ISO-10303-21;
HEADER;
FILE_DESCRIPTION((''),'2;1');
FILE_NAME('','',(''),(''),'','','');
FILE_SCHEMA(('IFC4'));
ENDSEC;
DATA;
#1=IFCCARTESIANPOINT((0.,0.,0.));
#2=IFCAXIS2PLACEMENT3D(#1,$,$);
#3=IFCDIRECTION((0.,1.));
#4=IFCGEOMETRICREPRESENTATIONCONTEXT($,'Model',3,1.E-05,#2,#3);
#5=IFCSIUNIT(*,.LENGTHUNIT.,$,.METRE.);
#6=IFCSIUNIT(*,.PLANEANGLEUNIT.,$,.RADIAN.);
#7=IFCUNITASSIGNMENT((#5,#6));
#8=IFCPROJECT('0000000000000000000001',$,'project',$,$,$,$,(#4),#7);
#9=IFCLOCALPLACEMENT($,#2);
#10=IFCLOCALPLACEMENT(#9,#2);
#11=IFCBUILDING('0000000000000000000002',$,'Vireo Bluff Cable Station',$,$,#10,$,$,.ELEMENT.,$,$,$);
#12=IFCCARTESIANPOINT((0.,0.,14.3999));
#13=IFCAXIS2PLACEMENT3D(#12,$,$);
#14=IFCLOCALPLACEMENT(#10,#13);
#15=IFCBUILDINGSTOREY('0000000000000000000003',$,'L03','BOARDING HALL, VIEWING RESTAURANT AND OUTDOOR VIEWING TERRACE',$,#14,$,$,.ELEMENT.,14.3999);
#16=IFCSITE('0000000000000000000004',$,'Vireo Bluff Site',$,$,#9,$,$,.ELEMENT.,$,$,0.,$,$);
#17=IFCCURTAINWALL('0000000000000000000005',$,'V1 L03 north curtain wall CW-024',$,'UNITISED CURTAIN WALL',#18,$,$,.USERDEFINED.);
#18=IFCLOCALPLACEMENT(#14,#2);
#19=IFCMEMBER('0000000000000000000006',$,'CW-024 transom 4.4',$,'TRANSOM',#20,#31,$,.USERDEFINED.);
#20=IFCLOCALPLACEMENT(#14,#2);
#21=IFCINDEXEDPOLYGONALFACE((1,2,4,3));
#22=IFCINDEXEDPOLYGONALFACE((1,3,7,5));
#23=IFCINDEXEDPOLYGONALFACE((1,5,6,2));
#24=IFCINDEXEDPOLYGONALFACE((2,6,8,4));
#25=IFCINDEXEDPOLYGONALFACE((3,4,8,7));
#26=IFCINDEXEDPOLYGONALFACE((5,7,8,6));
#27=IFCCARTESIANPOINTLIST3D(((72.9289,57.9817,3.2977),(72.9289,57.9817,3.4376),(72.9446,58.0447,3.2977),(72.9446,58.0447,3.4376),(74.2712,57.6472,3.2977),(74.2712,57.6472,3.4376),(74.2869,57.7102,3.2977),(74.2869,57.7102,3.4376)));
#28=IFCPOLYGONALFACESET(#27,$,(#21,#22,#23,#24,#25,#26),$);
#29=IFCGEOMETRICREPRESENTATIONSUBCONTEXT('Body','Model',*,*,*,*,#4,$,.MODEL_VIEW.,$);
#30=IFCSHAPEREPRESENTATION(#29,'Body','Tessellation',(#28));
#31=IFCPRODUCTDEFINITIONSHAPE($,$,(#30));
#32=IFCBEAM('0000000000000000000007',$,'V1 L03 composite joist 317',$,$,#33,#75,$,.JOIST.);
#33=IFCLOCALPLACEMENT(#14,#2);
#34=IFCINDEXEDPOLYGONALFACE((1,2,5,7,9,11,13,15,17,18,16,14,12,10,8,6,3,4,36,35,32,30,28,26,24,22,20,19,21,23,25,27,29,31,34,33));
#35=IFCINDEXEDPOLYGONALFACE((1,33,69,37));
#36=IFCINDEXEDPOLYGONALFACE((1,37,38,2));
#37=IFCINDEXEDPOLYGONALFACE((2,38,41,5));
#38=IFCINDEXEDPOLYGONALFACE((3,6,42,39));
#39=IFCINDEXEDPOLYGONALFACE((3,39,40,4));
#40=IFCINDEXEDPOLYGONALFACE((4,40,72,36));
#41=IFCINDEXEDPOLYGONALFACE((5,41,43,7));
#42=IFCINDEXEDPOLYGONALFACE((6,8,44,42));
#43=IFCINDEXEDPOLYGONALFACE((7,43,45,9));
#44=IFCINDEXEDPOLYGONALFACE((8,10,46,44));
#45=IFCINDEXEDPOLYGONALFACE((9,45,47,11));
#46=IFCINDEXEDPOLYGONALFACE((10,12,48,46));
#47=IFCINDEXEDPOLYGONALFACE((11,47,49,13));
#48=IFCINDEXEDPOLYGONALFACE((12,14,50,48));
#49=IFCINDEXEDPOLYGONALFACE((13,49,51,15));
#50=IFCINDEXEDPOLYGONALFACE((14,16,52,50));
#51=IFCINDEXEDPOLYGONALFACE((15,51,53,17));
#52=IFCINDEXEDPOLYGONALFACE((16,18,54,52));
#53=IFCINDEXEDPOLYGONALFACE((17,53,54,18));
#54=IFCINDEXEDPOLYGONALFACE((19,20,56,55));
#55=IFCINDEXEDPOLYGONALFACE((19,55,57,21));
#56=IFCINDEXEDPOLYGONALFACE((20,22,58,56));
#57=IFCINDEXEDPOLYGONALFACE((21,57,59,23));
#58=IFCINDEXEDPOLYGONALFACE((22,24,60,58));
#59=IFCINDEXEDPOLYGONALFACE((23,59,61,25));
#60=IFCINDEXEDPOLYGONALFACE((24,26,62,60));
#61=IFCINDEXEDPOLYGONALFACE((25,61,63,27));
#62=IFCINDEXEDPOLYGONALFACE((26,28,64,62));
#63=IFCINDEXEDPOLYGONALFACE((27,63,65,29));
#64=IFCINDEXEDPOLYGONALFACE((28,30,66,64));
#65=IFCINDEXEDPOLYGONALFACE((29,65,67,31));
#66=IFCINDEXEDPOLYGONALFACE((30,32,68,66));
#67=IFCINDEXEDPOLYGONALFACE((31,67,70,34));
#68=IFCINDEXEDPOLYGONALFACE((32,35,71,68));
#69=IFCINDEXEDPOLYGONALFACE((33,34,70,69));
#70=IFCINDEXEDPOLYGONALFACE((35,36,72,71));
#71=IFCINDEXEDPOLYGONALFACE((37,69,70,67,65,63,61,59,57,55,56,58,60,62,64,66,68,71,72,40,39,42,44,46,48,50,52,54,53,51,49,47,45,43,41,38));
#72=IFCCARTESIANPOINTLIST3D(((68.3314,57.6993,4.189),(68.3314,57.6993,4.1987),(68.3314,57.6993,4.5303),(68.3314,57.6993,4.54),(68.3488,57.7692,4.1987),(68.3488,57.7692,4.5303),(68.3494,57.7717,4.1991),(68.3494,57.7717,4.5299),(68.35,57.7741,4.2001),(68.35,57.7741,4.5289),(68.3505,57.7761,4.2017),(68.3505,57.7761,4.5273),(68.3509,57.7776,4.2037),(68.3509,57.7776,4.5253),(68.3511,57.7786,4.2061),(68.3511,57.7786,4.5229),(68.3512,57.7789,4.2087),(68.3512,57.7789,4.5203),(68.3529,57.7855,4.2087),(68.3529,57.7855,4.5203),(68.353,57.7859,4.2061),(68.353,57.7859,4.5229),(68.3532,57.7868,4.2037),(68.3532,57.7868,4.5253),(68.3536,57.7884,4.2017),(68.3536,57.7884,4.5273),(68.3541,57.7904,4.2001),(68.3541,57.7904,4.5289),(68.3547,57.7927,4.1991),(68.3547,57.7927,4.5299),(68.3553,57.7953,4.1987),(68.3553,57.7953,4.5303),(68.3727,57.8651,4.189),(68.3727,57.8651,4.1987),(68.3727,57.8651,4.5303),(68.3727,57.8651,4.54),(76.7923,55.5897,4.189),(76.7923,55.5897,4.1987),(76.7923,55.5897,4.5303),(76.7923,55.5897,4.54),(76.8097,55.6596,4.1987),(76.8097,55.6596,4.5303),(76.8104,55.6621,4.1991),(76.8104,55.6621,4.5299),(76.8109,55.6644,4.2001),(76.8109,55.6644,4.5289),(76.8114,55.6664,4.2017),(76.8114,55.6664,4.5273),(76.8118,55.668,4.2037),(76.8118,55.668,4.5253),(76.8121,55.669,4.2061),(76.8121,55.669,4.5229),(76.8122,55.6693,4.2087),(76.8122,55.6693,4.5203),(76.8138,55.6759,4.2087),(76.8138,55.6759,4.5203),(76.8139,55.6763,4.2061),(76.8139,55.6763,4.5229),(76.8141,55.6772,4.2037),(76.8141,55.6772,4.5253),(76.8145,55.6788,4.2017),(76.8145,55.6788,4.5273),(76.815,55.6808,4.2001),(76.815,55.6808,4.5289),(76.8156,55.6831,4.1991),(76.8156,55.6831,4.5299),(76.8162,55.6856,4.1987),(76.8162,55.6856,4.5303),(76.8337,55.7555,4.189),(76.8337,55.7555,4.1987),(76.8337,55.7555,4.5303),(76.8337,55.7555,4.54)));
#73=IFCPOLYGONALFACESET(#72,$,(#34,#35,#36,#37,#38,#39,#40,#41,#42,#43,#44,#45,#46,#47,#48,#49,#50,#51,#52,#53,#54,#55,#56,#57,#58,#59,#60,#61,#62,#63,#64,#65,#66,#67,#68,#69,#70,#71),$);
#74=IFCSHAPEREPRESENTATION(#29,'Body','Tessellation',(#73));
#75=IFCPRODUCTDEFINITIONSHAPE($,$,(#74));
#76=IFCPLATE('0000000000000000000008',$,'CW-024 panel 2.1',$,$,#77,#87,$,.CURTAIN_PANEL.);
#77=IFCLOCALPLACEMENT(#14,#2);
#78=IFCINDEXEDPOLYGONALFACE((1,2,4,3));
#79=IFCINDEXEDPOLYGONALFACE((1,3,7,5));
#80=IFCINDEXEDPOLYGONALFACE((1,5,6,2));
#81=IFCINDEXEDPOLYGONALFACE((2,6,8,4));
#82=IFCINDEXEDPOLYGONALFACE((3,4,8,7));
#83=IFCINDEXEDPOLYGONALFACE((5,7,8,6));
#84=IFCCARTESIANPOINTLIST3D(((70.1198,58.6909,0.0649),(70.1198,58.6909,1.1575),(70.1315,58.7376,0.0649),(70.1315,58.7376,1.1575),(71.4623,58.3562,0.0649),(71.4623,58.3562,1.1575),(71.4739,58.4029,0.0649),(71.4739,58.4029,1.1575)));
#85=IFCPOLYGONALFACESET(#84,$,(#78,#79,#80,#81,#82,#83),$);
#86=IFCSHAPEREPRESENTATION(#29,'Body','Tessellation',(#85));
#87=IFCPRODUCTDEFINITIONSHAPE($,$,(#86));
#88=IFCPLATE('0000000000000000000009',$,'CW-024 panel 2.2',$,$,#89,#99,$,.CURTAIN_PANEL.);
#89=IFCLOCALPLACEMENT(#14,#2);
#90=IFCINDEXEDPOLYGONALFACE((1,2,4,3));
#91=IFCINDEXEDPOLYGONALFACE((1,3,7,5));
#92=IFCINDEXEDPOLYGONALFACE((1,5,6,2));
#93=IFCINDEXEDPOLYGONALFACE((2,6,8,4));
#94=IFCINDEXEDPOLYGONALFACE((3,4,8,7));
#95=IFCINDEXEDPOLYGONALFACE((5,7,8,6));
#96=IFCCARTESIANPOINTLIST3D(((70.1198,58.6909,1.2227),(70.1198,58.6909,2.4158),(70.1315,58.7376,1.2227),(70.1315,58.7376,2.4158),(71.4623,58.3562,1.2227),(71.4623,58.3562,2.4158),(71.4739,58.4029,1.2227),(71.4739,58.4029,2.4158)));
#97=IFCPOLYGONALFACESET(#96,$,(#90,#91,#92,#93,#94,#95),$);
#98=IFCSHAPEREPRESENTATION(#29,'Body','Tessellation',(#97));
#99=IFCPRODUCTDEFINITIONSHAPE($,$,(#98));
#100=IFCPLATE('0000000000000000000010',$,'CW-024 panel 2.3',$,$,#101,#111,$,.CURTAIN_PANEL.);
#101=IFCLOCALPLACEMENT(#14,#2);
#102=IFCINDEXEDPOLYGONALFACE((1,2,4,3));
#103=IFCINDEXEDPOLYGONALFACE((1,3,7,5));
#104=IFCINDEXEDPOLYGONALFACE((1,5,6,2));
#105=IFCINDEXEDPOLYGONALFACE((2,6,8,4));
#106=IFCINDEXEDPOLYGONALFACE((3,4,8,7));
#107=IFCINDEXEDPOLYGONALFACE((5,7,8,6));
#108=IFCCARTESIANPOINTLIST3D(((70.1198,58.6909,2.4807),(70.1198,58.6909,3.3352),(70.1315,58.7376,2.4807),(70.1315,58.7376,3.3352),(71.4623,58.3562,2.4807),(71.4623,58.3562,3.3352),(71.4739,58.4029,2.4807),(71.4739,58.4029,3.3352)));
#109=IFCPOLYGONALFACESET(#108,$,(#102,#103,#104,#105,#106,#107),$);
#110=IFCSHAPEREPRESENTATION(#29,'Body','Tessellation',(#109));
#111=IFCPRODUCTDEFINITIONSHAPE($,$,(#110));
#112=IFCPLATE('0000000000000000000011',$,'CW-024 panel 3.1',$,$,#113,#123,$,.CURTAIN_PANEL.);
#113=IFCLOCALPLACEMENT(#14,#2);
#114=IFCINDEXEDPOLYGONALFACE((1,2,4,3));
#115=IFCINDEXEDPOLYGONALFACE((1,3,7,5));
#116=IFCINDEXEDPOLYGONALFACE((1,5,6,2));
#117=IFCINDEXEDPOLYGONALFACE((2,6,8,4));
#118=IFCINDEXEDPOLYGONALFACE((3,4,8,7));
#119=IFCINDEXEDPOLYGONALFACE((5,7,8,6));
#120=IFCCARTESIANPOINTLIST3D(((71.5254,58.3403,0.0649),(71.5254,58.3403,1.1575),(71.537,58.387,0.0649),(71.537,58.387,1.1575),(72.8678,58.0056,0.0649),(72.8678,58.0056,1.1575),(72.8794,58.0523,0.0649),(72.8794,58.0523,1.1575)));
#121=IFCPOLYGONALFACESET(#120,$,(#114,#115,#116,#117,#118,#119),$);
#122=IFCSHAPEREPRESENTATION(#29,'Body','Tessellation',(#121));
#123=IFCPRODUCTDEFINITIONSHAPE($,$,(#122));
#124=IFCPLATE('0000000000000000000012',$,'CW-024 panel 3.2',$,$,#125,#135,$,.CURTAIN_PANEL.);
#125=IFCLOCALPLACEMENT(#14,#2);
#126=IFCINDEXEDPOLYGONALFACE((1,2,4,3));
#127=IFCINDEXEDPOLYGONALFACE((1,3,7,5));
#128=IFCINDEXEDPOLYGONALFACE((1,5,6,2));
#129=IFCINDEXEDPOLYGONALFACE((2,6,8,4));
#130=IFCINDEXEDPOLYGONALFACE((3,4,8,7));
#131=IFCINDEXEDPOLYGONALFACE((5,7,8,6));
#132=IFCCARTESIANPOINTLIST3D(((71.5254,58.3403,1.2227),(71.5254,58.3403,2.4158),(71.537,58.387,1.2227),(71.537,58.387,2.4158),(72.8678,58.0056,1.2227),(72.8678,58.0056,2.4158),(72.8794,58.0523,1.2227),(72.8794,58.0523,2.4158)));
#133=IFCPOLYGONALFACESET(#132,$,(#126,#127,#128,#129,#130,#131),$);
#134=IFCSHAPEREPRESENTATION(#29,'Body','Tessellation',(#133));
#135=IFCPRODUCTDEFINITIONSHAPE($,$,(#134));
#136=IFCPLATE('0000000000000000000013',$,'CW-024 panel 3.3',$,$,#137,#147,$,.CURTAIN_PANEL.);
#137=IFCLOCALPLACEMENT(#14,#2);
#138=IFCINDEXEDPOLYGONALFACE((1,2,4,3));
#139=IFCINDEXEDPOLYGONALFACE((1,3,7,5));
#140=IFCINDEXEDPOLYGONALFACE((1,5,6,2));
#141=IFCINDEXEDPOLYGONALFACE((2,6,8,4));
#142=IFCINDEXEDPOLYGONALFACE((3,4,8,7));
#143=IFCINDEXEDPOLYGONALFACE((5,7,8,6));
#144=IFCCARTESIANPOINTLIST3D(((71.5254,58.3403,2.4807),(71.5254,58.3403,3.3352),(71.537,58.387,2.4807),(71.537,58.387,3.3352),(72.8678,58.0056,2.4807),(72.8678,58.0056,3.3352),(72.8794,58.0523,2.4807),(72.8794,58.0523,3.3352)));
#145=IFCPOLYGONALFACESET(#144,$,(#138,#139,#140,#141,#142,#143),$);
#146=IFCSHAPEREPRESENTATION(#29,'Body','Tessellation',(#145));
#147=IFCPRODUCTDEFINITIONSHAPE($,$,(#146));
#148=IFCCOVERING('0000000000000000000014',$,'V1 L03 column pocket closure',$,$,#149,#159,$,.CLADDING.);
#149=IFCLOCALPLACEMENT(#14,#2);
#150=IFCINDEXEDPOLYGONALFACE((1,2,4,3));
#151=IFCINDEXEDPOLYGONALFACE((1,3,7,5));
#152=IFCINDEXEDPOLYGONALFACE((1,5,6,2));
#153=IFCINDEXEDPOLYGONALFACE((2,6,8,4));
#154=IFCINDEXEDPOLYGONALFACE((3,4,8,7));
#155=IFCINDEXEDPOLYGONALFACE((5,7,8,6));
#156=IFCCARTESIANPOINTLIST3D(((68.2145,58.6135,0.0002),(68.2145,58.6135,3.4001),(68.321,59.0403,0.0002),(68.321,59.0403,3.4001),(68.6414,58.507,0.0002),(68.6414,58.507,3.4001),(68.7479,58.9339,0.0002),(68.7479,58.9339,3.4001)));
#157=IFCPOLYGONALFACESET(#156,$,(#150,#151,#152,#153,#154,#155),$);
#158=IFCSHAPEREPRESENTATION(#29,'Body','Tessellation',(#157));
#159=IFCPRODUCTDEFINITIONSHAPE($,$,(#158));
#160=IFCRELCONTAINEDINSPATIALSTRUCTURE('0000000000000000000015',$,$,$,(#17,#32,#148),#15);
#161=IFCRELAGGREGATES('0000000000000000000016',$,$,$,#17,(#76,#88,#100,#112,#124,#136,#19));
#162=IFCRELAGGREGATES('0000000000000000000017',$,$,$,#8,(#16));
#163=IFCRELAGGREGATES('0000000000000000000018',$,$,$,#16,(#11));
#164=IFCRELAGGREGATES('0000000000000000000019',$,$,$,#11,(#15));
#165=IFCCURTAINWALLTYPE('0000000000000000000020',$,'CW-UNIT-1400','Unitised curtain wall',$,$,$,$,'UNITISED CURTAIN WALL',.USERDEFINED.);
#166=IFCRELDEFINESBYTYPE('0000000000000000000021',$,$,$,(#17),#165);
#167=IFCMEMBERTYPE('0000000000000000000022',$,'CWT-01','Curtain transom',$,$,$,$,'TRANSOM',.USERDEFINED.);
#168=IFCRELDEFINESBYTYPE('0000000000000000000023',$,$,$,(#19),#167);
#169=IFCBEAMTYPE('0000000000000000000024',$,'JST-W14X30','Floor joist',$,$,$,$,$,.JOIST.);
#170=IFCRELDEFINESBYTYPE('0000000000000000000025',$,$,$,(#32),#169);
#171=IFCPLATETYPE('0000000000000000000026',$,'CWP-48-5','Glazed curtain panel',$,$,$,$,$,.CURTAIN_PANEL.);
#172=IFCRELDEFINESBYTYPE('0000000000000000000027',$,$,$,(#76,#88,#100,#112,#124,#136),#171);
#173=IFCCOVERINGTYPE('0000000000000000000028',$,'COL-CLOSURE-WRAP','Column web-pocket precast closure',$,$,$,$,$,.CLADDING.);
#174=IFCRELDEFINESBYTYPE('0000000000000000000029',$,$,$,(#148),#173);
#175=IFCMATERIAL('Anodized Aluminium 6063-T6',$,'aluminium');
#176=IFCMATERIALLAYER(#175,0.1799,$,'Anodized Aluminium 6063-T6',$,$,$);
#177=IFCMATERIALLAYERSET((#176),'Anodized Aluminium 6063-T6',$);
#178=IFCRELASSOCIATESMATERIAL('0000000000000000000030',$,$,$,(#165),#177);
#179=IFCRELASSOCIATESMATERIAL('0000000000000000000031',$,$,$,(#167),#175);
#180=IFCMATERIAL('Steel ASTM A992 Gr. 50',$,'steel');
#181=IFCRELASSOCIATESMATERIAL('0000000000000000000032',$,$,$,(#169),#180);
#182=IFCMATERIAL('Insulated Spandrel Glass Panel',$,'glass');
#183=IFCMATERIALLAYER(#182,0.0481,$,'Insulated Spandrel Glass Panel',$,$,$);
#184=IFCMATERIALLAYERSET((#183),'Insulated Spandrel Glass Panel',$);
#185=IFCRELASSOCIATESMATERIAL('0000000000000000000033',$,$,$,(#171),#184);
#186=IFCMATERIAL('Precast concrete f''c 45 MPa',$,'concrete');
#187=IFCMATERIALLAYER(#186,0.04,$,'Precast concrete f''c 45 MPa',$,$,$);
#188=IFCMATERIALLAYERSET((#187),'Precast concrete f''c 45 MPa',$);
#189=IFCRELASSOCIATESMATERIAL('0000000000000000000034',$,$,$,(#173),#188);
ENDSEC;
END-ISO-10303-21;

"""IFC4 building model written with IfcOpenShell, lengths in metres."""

from ifc_helpers import new_model, si_unit, direction, frame, origin, origin_2d, place, context, subcontext, project, spatial, rectangle, i_section, extrude, material, layer, layer_set, material_profile, profile_set, type_object, element, aggregate, save


model = new_model("IFC4")

# Units and contexts
model_context = context("Model", 3, precision=1e-05, world=origin(), true_north=direction((0.0, 1.0)))
body_context = subcontext(model_context, "Body", "Model", "MODEL_VIEW")
ifc_project = project(units=[si_unit("LENGTHUNIT", "METRE"), si_unit("PLANEANGLEUNIT", "RADIAN")], contexts=[model_context])

# Site, building, storey
site_placement = place(None, origin())
site = spatial("IfcSite", under=ifc_project, at=site_placement, Name="Vireo Bluff Site", CompositionType="ELEMENT", RefElevation=0.0)
building_placement = place(site_placement, origin())
building = spatial("IfcBuilding", under=site, at=building_placement, Name="Vireo Bluff Cable Station", CompositionType="ELEMENT")
storey_placement = place(building_placement, frame((0.0, 0.0, 14.3999)))
storey = spatial("IfcBuildingStorey", under=building, at=storey_placement, Name="L03", Description="BOARDING HALL, VIEWING RESTAURANT AND OUTDOOR VIEWING TERRACE", CompositionType="ELEMENT", Elevation=14.3999)

# Curtain wall, member
ifc_material_1 = material(Name="Anodized Aluminium 6063-T6", Category="aluminium")
ifc_layer_1 = layer(ifc_material_1, 0.1799, Name="Anodized Aluminium 6063-T6")
ifc_layer_set_1 = layer_set([ifc_layer_1], Name="Anodized Aluminium 6063-T6")
curtain_wall_type = type_object("IfcCurtainWallType", Name="CW-UNIT-1400", Description="Unitised curtain wall", ElementType="UNITISED CURTAIN WALL", PredefinedType="USERDEFINED", material=ifc_layer_set_1)
curtain_wall_placement = place(storey_placement, origin())
curtain_wall = element("IfcCurtainWall", 1, at=curtain_wall_placement, inside=storey, type_object=curtain_wall_type, Name="V1 L03 north curtain wall CW-024", ObjectType="UNITISED CURTAIN WALL", PredefinedType="USERDEFINED")
ifc_material_profile_1 = material_profile(ifc_material_1, rectangle(XDim=0.0649, YDim=0.1399, at=origin_2d()), Name="ALU-T-65X140")
ifc_profile_set_1 = profile_set([ifc_material_profile_1], Name="Anodized Aluminium 6063-T6")
member_type_1 = type_object("IfcMemberType", Name="CWT-01", Description="Curtain transom", ElementType="TRANSOM", PredefinedType="USERDEFINED", material=ifc_profile_set_1)
member_1_placement = place(storey_placement, frame((72.9368, 58.0132, 3.3677), z_axis=(0.970329, -0.241788, 0.0), x_axis=(0.241788, 0.970329, 0.0)))
member_1 = element("IfcMember", 2, at=member_1_placement, type_object=member_type_1, Name="CW-024 transom 4.4", ObjectType="TRANSOM", PredefinedType="USERDEFINED", context=body_context, shape_type="SweptSolid", body=[
    extrude(rectangle(XDim=0.0649, YDim=0.1399, at=origin_2d()), origin(), (0.0, 0.0, 1.0), 1.3833),
])

# Beam
ifc_material_2 = material(Name="Steel ASTM A992 Gr. 50", Category="steel")
ifc_material_profile_2 = material_profile(ifc_material_2, i_section(OverallWidth=0.1709, OverallDepth=0.3511, WebThickness=0.0068, FlangeThickness=0.0098, FilletRadius=0.01, at=origin_2d()), Name="W14X30")
ifc_profile_set_2 = profile_set([ifc_material_profile_2], Name="Steel ASTM A992 Gr. 50")
beam_type = type_object("IfcBeamType", Name="JST-W14X30", Description="Floor joist", PredefinedType="JOIST", material=ifc_profile_set_2)
beam_placement = place(storey_placement, frame((68.3521, 57.7822, 4.3645), z_axis=(0.970294, -0.24193, 0.0), x_axis=(0.24193, 0.970294, 0.0)))
element("IfcBeam", 3, at=beam_placement, inside=storey, type_object=beam_type, Name="V1 L03 composite joist 317", PredefinedType="JOIST", context=body_context, shape_type="SweptSolid", body=[
    extrude(i_section(OverallWidth=0.1709, OverallDepth=0.3511, WebThickness=0.0068, FlangeThickness=0.0098, FilletRadius=0.01, at=origin_2d()), origin(), (0.0, 0.0, 1.0), 8.72),
])

# Plates
ifc_material_3 = material(Name="Insulated Spandrel Glass Panel", Category="glass")
ifc_layer_2 = layer(ifc_material_3, 0.0481, Name="Insulated Spandrel Glass Panel")
ifc_layer_set_2 = layer_set([ifc_layer_2], Name="Insulated Spandrel Glass Panel")
plate_type = type_object("IfcPlateType", Name="CWP-48-5", Description="Glazed curtain panel", PredefinedType="CURTAIN_PANEL", material=ifc_layer_set_2)
plate_1_placement = place(storey_placement, frame((70.7969, 58.5469, 0.0649), z_axis=(0.0, 0.0, 1.0), x_axis=(0.970296, -0.241922, 0.0)))
plate_1 = element("IfcPlate", 4, at=plate_1_placement, type_object=plate_type, Name="CW-024 panel 2.1", PredefinedType="CURTAIN_PANEL", context=body_context, shape_type="SweptSolid", body=[
    extrude(rectangle(XDim=1.3835, YDim=0.0481, at=origin_2d()), origin(), (0.0, 0.0, 1.0), 1.0925),
])
plate_2_placement = place(storey_placement, frame((70.7969, 58.5469, 1.2227), z_axis=(0.0, 0.0, 1.0), x_axis=(0.970296, -0.241922, 0.0)))
plate_2 = element("IfcPlate", 5, at=plate_2_placement, type_object=plate_type, Name="CW-024 panel 2.2", PredefinedType="CURTAIN_PANEL", context=body_context, shape_type="SweptSolid", body=[
    extrude(rectangle(XDim=1.3835, YDim=0.0481, at=origin_2d()), origin(), (0.0, 0.0, 1.0), 1.1931),
])
plate_3_placement = place(storey_placement, frame((70.7969, 58.5469, 2.4807), z_axis=(0.0, 0.0, 1.0), x_axis=(0.970296, -0.241922, 0.0)))
plate_3 = element("IfcPlate", 6, at=plate_3_placement, type_object=plate_type, Name="CW-024 panel 2.3", PredefinedType="CURTAIN_PANEL", context=body_context, shape_type="SweptSolid", body=[
    extrude(rectangle(XDim=1.3835, YDim=0.0481, at=origin_2d()), origin(), (0.0, 0.0, 1.0), 0.8545),
])
plate_4_placement = place(storey_placement, frame((72.2024, 58.1963, 0.0649), z_axis=(0.0, 0.0, 1.0), x_axis=(0.970296, -0.241922, 0.0)))
plate_4 = element("IfcPlate", 7, at=plate_4_placement, type_object=plate_type, Name="CW-024 panel 3.1", PredefinedType="CURTAIN_PANEL", context=body_context, shape_type="SweptSolid", body=[
    extrude(rectangle(XDim=1.3835, YDim=0.0481, at=origin_2d()), origin(), (0.0, 0.0, 1.0), 1.0925),
])
plate_5_placement = place(storey_placement, frame((72.2024, 58.1963, 1.2227), z_axis=(0.0, 0.0, 1.0), x_axis=(0.970296, -0.241922, 0.0)))
plate_5 = element("IfcPlate", 8, at=plate_5_placement, type_object=plate_type, Name="CW-024 panel 3.2", PredefinedType="CURTAIN_PANEL", context=body_context, shape_type="SweptSolid", body=[
    extrude(rectangle(XDim=1.3835, YDim=0.0481, at=origin_2d()), origin(), (0.0, 0.0, 1.0), 1.1931),
])
plate_6_placement = place(storey_placement, frame((72.2024, 58.1963, 2.4807), z_axis=(0.0, 0.0, 1.0), x_axis=(0.970296, -0.241922, 0.0)))
plate_6 = element("IfcPlate", 9, at=plate_6_placement, type_object=plate_type, Name="CW-024 panel 3.3", PredefinedType="CURTAIN_PANEL", context=body_context, shape_type="SweptSolid", body=[
    extrude(rectangle(XDim=1.3835, YDim=0.0481, at=origin_2d()), origin(), (0.0, 0.0, 1.0), 0.8545),
])
aggregate(curtain_wall, [plate_1, plate_2, plate_3, plate_4, plate_5, plate_6, member_1])

# Covering
ifc_material_4 = material(Name="Precast concrete f'c 45 MPa", Category="concrete")
ifc_layer_3 = layer(ifc_material_4, 0.04, Name="Precast concrete f'c 45 MPa")
ifc_layer_set_3 = layer_set([ifc_layer_3], Name="Precast concrete f'c 45 MPa")
covering_type = type_object("IfcCoveringType", Name="COL-CLOSURE-WRAP", Description="Column web-pocket precast closure", PredefinedType="CLADDING", material=ifc_layer_set_3)
covering_placement = place(storey_placement, frame((68.4812, 58.7737, 0.0002), z_axis=(0.0, 0.0, 1.0), x_axis=(0.970296, -0.241922, 0.0)))
element("IfcCovering", 10, at=covering_placement, inside=storey, type_object=covering_type, Name="V1 L03 column pocket closure", PredefinedType="CLADDING", context=body_context, shape_type="SweptSolid", body=[
    extrude(rectangle(XDim=0.4399, YDim=0.4399, at=origin_2d()), origin(), (0.0, 0.0, 1.0), 3.3999),
])

save(model, "model.ifc")
